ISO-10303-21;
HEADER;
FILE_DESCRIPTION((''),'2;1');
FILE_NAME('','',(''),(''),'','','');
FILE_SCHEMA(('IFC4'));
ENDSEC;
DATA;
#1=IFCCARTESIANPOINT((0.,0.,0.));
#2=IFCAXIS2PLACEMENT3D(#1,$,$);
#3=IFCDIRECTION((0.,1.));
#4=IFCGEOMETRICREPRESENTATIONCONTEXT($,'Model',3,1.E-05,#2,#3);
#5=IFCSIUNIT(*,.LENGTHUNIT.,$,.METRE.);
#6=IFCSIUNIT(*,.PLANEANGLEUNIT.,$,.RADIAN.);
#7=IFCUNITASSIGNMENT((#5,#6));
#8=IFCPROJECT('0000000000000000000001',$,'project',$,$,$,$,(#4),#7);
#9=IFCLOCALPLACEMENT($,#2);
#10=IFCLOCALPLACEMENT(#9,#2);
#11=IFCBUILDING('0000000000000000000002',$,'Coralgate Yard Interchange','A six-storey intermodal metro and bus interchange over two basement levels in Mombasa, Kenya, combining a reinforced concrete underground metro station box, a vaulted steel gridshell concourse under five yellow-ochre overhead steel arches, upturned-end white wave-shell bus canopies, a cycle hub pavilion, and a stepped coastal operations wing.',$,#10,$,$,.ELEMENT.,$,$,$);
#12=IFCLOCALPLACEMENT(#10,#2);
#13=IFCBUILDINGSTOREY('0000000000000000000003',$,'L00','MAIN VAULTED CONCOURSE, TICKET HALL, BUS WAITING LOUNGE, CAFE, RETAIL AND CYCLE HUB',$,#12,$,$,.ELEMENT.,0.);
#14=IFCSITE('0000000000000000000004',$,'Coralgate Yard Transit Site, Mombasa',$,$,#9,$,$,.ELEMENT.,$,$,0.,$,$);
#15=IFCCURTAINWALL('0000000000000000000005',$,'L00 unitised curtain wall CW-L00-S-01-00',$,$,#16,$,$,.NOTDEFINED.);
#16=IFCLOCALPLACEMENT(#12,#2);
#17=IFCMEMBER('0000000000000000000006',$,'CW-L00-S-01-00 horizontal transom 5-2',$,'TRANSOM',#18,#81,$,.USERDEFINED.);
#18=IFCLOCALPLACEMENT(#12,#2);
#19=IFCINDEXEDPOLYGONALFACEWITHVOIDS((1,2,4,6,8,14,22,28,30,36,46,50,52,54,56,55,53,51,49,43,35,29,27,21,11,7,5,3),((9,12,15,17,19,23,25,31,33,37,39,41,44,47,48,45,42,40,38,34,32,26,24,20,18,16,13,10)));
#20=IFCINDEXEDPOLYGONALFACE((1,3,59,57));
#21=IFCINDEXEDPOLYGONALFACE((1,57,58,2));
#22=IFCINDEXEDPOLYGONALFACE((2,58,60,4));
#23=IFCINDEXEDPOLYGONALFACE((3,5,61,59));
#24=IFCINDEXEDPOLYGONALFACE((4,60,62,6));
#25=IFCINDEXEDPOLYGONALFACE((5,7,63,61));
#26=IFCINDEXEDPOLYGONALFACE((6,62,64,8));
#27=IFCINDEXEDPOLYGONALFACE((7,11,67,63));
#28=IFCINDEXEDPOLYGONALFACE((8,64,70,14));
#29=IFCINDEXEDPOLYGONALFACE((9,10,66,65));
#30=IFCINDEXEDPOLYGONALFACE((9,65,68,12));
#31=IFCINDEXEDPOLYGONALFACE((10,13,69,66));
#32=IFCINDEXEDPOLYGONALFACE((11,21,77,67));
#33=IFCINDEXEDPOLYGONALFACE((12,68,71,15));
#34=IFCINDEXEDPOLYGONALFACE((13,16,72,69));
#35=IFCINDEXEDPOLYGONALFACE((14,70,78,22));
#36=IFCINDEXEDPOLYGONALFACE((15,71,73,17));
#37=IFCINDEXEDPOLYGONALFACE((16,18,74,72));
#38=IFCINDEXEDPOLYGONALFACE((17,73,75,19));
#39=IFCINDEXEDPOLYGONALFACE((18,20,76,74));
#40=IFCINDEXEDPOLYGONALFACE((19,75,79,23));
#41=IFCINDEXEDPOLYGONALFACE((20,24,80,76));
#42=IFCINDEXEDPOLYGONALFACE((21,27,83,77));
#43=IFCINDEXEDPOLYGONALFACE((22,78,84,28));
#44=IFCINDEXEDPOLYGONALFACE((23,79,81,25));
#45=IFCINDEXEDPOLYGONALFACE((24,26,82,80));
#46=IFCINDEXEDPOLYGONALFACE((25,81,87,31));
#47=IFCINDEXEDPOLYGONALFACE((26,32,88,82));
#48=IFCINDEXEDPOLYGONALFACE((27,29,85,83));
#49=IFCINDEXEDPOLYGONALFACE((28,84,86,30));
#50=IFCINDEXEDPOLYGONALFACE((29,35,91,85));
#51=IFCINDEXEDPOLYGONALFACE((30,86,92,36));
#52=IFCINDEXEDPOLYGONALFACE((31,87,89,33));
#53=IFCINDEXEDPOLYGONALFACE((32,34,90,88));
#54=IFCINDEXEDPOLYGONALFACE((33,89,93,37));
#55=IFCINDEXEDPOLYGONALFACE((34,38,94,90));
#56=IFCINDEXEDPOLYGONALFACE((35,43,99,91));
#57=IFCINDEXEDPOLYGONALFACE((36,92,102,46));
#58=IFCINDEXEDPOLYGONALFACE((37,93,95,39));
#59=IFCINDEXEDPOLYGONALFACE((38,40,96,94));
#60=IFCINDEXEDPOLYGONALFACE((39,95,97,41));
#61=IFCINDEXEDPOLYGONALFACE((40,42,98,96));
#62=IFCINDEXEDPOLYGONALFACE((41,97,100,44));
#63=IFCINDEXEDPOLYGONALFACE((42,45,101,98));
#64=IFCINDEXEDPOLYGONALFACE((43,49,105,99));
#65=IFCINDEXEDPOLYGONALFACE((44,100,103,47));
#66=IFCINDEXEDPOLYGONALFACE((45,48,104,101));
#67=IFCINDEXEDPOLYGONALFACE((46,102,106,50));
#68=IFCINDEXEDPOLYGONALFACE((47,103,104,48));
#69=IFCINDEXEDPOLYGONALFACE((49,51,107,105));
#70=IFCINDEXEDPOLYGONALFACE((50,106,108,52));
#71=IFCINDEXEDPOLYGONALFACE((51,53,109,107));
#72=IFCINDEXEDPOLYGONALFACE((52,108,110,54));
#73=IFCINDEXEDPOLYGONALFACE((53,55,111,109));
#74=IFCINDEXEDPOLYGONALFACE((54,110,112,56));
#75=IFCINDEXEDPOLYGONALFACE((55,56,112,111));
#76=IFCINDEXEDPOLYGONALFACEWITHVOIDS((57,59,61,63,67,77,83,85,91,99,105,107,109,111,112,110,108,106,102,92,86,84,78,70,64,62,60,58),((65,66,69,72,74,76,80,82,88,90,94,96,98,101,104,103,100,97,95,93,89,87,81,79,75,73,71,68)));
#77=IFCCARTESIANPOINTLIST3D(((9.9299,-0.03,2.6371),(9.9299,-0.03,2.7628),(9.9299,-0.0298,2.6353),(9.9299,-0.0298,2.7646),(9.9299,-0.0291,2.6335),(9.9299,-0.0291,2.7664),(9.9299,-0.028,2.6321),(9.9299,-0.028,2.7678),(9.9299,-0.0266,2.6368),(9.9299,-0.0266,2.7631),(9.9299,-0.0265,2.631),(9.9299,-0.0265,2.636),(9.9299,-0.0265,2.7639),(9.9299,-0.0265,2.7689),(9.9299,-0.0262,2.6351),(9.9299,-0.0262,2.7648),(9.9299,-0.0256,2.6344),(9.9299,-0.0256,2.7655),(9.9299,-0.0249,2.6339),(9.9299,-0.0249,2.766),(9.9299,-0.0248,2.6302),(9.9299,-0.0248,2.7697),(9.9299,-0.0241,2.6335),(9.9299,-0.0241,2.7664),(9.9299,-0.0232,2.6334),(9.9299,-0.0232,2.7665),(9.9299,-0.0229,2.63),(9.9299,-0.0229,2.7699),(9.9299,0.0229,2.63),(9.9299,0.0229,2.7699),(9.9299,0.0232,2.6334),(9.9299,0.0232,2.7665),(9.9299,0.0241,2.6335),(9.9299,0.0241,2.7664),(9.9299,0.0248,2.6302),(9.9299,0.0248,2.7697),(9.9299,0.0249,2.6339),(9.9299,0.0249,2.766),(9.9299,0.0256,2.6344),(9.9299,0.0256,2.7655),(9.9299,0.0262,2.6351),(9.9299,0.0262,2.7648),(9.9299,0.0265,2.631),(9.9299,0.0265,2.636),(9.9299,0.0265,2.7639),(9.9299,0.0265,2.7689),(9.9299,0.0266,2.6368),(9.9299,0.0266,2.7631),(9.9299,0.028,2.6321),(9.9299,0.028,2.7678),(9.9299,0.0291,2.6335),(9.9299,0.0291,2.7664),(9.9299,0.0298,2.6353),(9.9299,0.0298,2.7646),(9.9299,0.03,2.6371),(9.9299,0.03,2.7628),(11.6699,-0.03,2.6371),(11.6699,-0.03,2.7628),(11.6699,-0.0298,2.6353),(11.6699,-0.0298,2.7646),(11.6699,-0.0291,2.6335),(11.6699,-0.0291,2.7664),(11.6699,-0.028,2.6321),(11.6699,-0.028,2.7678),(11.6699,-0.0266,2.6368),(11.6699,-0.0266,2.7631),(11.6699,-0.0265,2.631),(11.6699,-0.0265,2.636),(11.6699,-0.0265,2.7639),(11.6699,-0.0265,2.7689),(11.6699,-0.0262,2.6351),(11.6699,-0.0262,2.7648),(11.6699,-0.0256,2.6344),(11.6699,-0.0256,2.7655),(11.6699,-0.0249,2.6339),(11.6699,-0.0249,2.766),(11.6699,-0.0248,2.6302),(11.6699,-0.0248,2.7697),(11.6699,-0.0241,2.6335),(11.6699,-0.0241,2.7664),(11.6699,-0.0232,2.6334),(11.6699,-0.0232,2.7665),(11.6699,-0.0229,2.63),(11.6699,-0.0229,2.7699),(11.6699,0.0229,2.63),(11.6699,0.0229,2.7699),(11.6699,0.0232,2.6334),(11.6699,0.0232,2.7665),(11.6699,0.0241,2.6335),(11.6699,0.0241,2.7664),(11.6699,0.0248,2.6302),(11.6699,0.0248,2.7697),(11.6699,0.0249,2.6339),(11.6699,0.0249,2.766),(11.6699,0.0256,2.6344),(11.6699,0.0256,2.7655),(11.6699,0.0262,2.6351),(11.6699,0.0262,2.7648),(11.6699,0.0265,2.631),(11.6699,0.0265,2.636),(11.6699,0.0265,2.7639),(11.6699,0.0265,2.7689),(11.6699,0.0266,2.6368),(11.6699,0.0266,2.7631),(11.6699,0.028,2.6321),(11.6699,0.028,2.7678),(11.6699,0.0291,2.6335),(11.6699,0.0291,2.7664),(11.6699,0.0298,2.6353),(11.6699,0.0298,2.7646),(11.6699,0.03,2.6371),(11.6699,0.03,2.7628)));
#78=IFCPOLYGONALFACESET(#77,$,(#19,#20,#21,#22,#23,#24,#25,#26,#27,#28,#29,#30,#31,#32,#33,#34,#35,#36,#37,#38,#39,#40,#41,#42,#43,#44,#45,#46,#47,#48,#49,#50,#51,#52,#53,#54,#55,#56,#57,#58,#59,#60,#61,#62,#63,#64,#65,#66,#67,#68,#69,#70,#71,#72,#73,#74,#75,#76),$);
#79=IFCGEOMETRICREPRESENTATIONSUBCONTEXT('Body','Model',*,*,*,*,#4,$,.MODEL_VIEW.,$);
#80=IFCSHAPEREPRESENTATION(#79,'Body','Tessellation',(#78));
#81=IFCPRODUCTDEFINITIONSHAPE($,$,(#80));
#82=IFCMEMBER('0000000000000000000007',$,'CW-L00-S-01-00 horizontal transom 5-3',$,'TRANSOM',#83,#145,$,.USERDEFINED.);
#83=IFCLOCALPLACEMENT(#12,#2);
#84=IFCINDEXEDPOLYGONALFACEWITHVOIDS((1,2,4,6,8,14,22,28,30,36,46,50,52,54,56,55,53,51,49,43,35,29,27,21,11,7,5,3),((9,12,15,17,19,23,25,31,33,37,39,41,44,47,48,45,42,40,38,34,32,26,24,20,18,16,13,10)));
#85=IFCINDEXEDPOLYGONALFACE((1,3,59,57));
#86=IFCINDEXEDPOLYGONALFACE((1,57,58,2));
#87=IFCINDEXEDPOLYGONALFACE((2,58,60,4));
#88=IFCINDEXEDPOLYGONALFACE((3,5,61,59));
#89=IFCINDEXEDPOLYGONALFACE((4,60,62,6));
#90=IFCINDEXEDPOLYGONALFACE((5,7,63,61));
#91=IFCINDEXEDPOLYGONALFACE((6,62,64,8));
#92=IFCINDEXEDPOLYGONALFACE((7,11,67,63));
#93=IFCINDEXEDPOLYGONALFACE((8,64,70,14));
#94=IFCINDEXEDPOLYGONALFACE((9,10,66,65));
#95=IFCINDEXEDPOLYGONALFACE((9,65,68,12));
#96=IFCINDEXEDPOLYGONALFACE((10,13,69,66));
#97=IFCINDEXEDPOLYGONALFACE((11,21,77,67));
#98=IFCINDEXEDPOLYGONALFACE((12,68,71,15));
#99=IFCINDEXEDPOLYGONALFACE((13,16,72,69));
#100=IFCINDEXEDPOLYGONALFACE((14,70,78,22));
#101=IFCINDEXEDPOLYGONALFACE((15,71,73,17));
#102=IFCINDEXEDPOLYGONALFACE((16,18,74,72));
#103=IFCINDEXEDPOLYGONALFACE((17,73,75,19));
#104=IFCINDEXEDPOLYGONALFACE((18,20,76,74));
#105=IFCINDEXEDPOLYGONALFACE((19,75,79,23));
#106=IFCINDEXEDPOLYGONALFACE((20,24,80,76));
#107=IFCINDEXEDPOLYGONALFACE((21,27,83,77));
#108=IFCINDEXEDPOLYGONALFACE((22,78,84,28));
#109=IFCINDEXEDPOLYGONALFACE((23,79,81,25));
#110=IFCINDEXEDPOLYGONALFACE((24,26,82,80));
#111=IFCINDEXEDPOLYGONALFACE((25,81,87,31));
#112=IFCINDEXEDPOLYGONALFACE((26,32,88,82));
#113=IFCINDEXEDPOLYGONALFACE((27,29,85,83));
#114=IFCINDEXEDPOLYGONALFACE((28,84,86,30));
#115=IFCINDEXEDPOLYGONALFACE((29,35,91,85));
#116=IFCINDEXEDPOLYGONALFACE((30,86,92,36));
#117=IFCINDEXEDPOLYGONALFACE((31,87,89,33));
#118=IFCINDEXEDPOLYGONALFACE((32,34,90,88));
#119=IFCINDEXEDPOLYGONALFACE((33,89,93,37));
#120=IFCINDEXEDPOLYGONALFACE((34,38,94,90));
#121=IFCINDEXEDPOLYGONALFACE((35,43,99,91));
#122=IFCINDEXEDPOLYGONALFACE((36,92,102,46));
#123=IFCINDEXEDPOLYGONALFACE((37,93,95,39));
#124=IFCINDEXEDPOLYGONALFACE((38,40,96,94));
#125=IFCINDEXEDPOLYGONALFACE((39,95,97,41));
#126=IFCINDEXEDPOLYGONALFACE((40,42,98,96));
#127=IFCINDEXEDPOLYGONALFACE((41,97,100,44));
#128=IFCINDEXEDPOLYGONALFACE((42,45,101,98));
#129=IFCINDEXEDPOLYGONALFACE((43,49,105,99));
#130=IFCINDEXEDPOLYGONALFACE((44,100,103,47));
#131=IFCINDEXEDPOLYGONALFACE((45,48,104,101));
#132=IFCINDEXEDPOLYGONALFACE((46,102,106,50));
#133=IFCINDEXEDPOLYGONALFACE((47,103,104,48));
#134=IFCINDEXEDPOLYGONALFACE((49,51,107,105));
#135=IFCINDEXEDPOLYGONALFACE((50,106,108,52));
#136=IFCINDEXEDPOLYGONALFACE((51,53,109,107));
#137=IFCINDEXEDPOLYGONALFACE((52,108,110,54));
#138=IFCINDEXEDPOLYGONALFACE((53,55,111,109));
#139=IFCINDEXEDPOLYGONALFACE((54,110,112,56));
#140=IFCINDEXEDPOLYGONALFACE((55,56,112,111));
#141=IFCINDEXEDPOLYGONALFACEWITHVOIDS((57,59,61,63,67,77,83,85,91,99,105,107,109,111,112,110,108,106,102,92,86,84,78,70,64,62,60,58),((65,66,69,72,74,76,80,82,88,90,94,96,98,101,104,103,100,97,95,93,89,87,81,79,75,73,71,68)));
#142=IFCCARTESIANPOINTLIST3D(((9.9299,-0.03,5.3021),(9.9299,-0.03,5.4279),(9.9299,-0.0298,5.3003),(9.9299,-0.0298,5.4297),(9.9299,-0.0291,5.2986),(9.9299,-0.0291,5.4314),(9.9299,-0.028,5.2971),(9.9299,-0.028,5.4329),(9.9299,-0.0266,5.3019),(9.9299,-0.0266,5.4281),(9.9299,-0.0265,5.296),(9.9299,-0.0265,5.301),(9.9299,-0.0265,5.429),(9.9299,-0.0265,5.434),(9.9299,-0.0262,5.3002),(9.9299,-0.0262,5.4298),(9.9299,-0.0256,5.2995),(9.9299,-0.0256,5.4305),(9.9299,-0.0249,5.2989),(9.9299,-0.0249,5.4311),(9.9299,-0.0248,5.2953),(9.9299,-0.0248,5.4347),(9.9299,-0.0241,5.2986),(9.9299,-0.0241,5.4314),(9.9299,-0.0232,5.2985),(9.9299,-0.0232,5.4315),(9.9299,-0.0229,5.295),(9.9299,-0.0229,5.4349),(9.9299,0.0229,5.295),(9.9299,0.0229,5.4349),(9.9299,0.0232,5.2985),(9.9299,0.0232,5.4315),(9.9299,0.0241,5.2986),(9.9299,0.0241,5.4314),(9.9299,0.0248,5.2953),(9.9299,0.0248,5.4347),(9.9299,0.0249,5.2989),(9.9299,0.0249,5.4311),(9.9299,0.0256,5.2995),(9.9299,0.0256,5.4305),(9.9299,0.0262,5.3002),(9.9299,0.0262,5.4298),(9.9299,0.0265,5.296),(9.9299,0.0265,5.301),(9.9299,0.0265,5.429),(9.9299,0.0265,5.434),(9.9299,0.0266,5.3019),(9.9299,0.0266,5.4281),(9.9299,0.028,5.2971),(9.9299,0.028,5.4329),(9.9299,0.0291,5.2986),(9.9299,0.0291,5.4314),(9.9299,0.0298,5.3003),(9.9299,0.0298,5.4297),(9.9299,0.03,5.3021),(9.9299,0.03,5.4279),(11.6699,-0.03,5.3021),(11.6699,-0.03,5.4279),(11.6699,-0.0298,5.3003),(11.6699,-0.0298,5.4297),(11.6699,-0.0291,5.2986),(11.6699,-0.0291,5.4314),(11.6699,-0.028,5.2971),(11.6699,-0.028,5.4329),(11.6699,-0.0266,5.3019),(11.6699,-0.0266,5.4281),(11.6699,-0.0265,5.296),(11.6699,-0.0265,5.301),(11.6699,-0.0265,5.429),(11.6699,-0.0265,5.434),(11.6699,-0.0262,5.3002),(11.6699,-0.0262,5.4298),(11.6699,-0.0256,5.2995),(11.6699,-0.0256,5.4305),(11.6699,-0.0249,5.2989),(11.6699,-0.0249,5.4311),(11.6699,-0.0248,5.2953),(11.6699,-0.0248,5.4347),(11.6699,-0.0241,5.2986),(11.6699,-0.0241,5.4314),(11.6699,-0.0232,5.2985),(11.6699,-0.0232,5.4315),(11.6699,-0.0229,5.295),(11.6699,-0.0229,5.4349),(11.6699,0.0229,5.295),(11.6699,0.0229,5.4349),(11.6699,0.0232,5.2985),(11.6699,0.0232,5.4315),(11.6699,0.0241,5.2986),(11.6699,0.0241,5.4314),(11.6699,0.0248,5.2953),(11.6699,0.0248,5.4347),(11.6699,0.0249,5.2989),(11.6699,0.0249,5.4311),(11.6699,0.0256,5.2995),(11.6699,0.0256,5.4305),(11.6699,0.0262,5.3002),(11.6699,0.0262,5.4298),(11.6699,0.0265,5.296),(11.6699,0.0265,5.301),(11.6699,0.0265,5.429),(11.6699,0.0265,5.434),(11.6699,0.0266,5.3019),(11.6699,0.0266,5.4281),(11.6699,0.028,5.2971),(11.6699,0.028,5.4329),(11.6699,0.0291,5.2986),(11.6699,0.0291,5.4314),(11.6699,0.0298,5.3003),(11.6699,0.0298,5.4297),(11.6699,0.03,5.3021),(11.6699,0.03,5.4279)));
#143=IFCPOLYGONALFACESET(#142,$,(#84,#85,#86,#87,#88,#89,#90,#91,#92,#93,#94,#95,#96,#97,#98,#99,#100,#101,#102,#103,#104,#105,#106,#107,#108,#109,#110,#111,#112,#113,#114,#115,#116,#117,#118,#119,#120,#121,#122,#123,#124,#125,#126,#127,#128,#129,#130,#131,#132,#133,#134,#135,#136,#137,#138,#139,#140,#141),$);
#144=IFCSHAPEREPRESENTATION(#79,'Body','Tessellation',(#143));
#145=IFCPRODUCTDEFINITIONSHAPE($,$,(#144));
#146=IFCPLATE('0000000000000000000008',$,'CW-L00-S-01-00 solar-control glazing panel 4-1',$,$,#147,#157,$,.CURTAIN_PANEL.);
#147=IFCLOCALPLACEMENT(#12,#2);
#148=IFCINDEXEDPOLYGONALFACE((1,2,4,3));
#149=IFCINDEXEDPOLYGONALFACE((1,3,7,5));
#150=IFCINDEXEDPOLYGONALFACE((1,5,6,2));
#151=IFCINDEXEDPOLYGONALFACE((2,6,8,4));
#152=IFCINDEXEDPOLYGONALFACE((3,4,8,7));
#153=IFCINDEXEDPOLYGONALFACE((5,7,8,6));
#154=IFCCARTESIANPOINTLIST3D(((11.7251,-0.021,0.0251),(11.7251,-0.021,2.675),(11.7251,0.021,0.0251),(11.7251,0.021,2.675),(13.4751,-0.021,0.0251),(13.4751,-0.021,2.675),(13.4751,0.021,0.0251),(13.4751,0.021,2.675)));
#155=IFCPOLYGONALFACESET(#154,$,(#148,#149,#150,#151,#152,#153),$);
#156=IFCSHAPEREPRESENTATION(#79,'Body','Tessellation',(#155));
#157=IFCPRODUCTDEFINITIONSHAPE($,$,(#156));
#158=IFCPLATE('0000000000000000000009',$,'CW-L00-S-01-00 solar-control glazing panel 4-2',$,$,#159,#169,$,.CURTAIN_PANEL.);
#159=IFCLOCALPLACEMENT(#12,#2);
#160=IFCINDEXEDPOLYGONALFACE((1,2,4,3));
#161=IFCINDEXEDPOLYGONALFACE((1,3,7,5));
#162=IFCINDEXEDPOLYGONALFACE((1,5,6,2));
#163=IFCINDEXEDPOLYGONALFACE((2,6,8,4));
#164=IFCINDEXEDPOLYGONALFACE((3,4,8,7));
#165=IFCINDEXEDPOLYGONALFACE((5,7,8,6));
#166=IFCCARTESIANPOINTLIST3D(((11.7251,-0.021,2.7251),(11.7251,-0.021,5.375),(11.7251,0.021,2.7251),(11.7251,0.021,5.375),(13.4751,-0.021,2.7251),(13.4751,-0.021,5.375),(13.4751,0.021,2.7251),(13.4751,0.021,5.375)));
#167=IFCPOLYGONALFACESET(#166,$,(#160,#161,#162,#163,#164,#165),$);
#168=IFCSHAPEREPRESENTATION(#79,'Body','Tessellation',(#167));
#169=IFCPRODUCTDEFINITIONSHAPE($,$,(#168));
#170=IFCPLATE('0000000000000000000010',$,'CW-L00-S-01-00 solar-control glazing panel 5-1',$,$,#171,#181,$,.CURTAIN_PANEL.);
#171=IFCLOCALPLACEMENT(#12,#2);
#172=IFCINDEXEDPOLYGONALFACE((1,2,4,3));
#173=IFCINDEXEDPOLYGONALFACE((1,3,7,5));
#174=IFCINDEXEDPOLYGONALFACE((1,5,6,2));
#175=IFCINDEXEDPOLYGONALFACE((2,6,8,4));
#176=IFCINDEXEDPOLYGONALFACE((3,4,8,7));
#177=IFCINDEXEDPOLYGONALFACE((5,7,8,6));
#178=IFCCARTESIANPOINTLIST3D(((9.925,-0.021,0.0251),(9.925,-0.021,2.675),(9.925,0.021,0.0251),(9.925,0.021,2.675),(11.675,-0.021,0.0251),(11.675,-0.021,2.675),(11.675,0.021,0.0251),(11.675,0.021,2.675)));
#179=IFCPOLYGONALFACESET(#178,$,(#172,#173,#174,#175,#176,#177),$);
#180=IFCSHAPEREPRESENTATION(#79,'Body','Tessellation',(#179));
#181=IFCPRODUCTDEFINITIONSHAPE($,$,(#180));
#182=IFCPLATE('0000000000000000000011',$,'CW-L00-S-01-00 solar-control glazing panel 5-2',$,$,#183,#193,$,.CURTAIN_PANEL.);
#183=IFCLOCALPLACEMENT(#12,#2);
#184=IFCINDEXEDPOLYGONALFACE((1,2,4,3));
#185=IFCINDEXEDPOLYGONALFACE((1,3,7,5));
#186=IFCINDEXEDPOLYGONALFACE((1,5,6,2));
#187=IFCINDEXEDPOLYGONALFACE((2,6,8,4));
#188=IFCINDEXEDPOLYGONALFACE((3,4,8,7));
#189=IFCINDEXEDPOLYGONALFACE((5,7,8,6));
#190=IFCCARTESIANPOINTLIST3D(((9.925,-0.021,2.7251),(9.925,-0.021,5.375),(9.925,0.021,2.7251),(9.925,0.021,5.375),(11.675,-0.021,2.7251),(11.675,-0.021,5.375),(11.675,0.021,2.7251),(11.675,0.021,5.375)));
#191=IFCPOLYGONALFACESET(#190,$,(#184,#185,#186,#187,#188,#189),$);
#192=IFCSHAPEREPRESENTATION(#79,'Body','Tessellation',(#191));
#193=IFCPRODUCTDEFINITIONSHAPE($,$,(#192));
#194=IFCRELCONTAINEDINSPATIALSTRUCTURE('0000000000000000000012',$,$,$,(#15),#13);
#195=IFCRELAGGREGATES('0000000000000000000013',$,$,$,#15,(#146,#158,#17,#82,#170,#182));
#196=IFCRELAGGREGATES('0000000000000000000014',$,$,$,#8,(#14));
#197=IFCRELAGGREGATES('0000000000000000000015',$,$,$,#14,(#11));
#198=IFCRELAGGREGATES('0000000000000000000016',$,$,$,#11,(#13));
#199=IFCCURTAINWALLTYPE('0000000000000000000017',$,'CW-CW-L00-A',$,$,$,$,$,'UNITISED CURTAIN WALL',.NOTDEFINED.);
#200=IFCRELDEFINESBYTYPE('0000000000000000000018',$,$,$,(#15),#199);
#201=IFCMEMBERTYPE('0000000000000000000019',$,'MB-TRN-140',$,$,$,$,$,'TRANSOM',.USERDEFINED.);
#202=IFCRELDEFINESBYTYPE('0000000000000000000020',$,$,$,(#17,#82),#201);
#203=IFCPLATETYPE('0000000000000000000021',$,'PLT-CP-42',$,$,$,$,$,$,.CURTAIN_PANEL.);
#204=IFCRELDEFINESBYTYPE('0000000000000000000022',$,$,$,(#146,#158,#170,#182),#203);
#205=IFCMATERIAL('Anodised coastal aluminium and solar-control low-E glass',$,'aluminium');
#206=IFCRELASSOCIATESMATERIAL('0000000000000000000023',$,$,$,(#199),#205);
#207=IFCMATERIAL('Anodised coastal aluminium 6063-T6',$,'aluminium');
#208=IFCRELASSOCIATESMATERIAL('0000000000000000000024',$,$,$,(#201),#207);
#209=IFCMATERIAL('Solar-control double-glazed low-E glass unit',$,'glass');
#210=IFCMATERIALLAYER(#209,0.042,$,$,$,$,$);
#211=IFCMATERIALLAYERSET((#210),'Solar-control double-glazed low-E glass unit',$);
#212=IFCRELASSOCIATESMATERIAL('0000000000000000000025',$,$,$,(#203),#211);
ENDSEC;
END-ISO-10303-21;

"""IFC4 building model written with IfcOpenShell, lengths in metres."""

from ifc_helpers import new_model, si_unit, direction, frame, origin, origin_2d, place, context, subcontext, project, spatial, rectangle, hollow_rectangle, extrude, material, layer, layer_set, material_profile, profile_set, type_object, element, aggregate, save


model = new_model("IFC4")

# Units and contexts
model_context = context("Model", 3, precision=1e-05, world=origin(), true_north=direction((0.0, 1.0)))
body_context = subcontext(model_context, "Body", "Model", "MODEL_VIEW")
ifc_project = project(units=[si_unit("LENGTHUNIT", "METRE"), si_unit("PLANEANGLEUNIT", "RADIAN")], contexts=[model_context])

# Site, building, storey
site_placement = place(None, origin())
site = spatial("IfcSite", under=ifc_project, at=site_placement, Name="Coralgate Yard Transit Site, Mombasa", CompositionType="ELEMENT", RefElevation=0.0)
building_placement = place(site_placement, origin())
building = spatial("IfcBuilding", under=site, at=building_placement, Name="Coralgate Yard Interchange", Description="A six-storey intermodal metro and bus interchange over two basement levels in Mombasa, Kenya, combining a reinforced concrete underground metro station box, a vaulted steel gridshell concourse under five yellow-ochre overhead steel arches, upturned-end white wave-shell bus canopies, a cycle hub pavilion, and a stepped coastal operations wing.", CompositionType="ELEMENT")
storey_placement = place(building_placement, origin())
storey = spatial("IfcBuildingStorey", under=building, at=storey_placement, Name="L00", Description="MAIN VAULTED CONCOURSE, TICKET HALL, BUS WAITING LOUNGE, CAFE, RETAIL AND CYCLE HUB", CompositionType="ELEMENT", Elevation=0.0)

# Curtain wall, members, plates
ifc_material_1 = material(Name="Anodised coastal aluminium and solar-control low-E glass", Category="aluminium")
curtain_wall_type = type_object("IfcCurtainWallType", Name="CW-CW-L00-A", ElementType="UNITISED CURTAIN WALL", PredefinedType="NOTDEFINED", material=ifc_material_1)
curtain_wall_placement = place(storey_placement, origin())
curtain_wall = element("IfcCurtainWall", 1, at=curtain_wall_placement, inside=storey, type_object=curtain_wall_type, Name="L00 unitised curtain wall CW-L00-S-01-00", PredefinedType="NOTDEFINED")
ifc_material_2 = material(Name="Anodised coastal aluminium 6063-T6", Category="aluminium")
ifc_material_profile_1 = material_profile(ifc_material_2, hollow_rectangle(XDim=0.0601, YDim=0.1399, WallThickness=0.0034, InnerFilletRadius=0.0034, OuterFilletRadius=0.0071, at=origin_2d()), Name="ALU 60x140x3.5")
ifc_profile_set_1 = profile_set([ifc_material_profile_1], Name="Anodised coastal aluminium 6063-T6")
member_type_1 = type_object("IfcMemberType", Name="MB-TRN-140", ElementType="TRANSOM", PredefinedType="USERDEFINED", material=ifc_profile_set_1)
member_1_placement = place(storey_placement, frame((11.6699, 0.0, 2.7), z_axis=(-1.0, 0.0, 0.0), x_axis=(0.0, -1.0, 0.0)))
member_1 = element("IfcMember", 2, at=member_1_placement, type_object=member_type_1, Name="CW-L00-S-01-00 horizontal transom 5-2", ObjectType="TRANSOM", PredefinedType="USERDEFINED", context=body_context, shape_type="SweptSolid", body=[
    extrude(hollow_rectangle(XDim=0.0601, YDim=0.1399, WallThickness=0.0034, InnerFilletRadius=0.0034, OuterFilletRadius=0.0071, at=origin_2d()), origin(), (0.0, 0.0, 1.0), 1.74),
])
member_2_placement = place(storey_placement, frame((11.6699, 0.0, 5.365), z_axis=(-1.0, 0.0, 0.0), x_axis=(0.0, -1.0, 0.0)))
member_2 = element("IfcMember", 3, at=member_2_placement, type_object=member_type_1, Name="CW-L00-S-01-00 horizontal transom 5-3", ObjectType="TRANSOM", PredefinedType="USERDEFINED", context=body_context, shape_type="SweptSolid", body=[
    extrude(hollow_rectangle(XDim=0.0601, YDim=0.1399, WallThickness=0.0034, InnerFilletRadius=0.0034, OuterFilletRadius=0.0071, at=origin_2d()), origin(), (0.0, 0.0, 1.0), 1.74),
])
ifc_material_3 = material(Name="Solar-control double-glazed low-E glass unit", Category="glass")
ifc_layer_1 = layer(ifc_material_3, 0.042)
ifc_layer_set_1 = layer_set([ifc_layer_1], Name="Solar-control double-glazed low-E glass unit")
plate_type_1 = type_object("IfcPlateType", Name="PLT-CP-42", PredefinedType="CURTAIN_PANEL", material=ifc_layer_set_1)
plate_1_placement = place(storey_placement, frame((12.6001, 0.0, 0.0251), z_axis=(0.0, 0.0, 1.0), x_axis=(-1.0, 0.0, 0.0)))
plate_1 = element("IfcPlate", 4, at=plate_1_placement, type_object=plate_type_1, Name="CW-L00-S-01-00 solar-control glazing panel 4-1", PredefinedType="CURTAIN_PANEL", context=body_context, shape_type="SweptSolid", body=[
    extrude(rectangle(XDim=1.75, YDim=0.042, at=origin_2d()), origin(), (0.0, 0.0, 1.0), 2.6499),
])
plate_2_placement = place(storey_placement, frame((12.6001, 0.0, 2.7251), z_axis=(0.0, 0.0, 1.0), x_axis=(-1.0, 0.0, 0.0)))
plate_2 = element("IfcPlate", 5, at=plate_2_placement, type_object=plate_type_1, Name="CW-L00-S-01-00 solar-control glazing panel 4-2", PredefinedType="CURTAIN_PANEL", context=body_context, shape_type="SweptSolid", body=[
    extrude(rectangle(XDim=1.75, YDim=0.042, at=origin_2d()), origin(), (0.0, 0.0, 1.0), 2.6499),
])
plate_3_placement = place(storey_placement, frame((10.8, 0.0, 0.0251), z_axis=(0.0, 0.0, 1.0), x_axis=(-1.0, 0.0, 0.0)))
plate_3 = element("IfcPlate", 6, at=plate_3_placement, type_object=plate_type_1, Name="CW-L00-S-01-00 solar-control glazing panel 5-1", PredefinedType="CURTAIN_PANEL", context=body_context, shape_type="SweptSolid", body=[
    extrude(rectangle(XDim=1.75, YDim=0.042, at=origin_2d()), origin(), (0.0, 0.0, 1.0), 2.6499),
])
plate_4_placement = place(storey_placement, frame((10.8, 0.0, 2.7251), z_axis=(0.0, 0.0, 1.0), x_axis=(-1.0, 0.0, 0.0)))
plate_4 = element("IfcPlate", 7, at=plate_4_placement, type_object=plate_type_1, Name="CW-L00-S-01-00 solar-control glazing panel 5-2", PredefinedType="CURTAIN_PANEL", context=body_context, shape_type="SweptSolid", body=[
    extrude(rectangle(XDim=1.75, YDim=0.042, at=origin_2d()), origin(), (0.0, 0.0, 1.0), 2.6499),
])
aggregate(curtain_wall, [plate_1, plate_2, member_1, member_2, plate_3, plate_4])

save(model, "model.ifc")
